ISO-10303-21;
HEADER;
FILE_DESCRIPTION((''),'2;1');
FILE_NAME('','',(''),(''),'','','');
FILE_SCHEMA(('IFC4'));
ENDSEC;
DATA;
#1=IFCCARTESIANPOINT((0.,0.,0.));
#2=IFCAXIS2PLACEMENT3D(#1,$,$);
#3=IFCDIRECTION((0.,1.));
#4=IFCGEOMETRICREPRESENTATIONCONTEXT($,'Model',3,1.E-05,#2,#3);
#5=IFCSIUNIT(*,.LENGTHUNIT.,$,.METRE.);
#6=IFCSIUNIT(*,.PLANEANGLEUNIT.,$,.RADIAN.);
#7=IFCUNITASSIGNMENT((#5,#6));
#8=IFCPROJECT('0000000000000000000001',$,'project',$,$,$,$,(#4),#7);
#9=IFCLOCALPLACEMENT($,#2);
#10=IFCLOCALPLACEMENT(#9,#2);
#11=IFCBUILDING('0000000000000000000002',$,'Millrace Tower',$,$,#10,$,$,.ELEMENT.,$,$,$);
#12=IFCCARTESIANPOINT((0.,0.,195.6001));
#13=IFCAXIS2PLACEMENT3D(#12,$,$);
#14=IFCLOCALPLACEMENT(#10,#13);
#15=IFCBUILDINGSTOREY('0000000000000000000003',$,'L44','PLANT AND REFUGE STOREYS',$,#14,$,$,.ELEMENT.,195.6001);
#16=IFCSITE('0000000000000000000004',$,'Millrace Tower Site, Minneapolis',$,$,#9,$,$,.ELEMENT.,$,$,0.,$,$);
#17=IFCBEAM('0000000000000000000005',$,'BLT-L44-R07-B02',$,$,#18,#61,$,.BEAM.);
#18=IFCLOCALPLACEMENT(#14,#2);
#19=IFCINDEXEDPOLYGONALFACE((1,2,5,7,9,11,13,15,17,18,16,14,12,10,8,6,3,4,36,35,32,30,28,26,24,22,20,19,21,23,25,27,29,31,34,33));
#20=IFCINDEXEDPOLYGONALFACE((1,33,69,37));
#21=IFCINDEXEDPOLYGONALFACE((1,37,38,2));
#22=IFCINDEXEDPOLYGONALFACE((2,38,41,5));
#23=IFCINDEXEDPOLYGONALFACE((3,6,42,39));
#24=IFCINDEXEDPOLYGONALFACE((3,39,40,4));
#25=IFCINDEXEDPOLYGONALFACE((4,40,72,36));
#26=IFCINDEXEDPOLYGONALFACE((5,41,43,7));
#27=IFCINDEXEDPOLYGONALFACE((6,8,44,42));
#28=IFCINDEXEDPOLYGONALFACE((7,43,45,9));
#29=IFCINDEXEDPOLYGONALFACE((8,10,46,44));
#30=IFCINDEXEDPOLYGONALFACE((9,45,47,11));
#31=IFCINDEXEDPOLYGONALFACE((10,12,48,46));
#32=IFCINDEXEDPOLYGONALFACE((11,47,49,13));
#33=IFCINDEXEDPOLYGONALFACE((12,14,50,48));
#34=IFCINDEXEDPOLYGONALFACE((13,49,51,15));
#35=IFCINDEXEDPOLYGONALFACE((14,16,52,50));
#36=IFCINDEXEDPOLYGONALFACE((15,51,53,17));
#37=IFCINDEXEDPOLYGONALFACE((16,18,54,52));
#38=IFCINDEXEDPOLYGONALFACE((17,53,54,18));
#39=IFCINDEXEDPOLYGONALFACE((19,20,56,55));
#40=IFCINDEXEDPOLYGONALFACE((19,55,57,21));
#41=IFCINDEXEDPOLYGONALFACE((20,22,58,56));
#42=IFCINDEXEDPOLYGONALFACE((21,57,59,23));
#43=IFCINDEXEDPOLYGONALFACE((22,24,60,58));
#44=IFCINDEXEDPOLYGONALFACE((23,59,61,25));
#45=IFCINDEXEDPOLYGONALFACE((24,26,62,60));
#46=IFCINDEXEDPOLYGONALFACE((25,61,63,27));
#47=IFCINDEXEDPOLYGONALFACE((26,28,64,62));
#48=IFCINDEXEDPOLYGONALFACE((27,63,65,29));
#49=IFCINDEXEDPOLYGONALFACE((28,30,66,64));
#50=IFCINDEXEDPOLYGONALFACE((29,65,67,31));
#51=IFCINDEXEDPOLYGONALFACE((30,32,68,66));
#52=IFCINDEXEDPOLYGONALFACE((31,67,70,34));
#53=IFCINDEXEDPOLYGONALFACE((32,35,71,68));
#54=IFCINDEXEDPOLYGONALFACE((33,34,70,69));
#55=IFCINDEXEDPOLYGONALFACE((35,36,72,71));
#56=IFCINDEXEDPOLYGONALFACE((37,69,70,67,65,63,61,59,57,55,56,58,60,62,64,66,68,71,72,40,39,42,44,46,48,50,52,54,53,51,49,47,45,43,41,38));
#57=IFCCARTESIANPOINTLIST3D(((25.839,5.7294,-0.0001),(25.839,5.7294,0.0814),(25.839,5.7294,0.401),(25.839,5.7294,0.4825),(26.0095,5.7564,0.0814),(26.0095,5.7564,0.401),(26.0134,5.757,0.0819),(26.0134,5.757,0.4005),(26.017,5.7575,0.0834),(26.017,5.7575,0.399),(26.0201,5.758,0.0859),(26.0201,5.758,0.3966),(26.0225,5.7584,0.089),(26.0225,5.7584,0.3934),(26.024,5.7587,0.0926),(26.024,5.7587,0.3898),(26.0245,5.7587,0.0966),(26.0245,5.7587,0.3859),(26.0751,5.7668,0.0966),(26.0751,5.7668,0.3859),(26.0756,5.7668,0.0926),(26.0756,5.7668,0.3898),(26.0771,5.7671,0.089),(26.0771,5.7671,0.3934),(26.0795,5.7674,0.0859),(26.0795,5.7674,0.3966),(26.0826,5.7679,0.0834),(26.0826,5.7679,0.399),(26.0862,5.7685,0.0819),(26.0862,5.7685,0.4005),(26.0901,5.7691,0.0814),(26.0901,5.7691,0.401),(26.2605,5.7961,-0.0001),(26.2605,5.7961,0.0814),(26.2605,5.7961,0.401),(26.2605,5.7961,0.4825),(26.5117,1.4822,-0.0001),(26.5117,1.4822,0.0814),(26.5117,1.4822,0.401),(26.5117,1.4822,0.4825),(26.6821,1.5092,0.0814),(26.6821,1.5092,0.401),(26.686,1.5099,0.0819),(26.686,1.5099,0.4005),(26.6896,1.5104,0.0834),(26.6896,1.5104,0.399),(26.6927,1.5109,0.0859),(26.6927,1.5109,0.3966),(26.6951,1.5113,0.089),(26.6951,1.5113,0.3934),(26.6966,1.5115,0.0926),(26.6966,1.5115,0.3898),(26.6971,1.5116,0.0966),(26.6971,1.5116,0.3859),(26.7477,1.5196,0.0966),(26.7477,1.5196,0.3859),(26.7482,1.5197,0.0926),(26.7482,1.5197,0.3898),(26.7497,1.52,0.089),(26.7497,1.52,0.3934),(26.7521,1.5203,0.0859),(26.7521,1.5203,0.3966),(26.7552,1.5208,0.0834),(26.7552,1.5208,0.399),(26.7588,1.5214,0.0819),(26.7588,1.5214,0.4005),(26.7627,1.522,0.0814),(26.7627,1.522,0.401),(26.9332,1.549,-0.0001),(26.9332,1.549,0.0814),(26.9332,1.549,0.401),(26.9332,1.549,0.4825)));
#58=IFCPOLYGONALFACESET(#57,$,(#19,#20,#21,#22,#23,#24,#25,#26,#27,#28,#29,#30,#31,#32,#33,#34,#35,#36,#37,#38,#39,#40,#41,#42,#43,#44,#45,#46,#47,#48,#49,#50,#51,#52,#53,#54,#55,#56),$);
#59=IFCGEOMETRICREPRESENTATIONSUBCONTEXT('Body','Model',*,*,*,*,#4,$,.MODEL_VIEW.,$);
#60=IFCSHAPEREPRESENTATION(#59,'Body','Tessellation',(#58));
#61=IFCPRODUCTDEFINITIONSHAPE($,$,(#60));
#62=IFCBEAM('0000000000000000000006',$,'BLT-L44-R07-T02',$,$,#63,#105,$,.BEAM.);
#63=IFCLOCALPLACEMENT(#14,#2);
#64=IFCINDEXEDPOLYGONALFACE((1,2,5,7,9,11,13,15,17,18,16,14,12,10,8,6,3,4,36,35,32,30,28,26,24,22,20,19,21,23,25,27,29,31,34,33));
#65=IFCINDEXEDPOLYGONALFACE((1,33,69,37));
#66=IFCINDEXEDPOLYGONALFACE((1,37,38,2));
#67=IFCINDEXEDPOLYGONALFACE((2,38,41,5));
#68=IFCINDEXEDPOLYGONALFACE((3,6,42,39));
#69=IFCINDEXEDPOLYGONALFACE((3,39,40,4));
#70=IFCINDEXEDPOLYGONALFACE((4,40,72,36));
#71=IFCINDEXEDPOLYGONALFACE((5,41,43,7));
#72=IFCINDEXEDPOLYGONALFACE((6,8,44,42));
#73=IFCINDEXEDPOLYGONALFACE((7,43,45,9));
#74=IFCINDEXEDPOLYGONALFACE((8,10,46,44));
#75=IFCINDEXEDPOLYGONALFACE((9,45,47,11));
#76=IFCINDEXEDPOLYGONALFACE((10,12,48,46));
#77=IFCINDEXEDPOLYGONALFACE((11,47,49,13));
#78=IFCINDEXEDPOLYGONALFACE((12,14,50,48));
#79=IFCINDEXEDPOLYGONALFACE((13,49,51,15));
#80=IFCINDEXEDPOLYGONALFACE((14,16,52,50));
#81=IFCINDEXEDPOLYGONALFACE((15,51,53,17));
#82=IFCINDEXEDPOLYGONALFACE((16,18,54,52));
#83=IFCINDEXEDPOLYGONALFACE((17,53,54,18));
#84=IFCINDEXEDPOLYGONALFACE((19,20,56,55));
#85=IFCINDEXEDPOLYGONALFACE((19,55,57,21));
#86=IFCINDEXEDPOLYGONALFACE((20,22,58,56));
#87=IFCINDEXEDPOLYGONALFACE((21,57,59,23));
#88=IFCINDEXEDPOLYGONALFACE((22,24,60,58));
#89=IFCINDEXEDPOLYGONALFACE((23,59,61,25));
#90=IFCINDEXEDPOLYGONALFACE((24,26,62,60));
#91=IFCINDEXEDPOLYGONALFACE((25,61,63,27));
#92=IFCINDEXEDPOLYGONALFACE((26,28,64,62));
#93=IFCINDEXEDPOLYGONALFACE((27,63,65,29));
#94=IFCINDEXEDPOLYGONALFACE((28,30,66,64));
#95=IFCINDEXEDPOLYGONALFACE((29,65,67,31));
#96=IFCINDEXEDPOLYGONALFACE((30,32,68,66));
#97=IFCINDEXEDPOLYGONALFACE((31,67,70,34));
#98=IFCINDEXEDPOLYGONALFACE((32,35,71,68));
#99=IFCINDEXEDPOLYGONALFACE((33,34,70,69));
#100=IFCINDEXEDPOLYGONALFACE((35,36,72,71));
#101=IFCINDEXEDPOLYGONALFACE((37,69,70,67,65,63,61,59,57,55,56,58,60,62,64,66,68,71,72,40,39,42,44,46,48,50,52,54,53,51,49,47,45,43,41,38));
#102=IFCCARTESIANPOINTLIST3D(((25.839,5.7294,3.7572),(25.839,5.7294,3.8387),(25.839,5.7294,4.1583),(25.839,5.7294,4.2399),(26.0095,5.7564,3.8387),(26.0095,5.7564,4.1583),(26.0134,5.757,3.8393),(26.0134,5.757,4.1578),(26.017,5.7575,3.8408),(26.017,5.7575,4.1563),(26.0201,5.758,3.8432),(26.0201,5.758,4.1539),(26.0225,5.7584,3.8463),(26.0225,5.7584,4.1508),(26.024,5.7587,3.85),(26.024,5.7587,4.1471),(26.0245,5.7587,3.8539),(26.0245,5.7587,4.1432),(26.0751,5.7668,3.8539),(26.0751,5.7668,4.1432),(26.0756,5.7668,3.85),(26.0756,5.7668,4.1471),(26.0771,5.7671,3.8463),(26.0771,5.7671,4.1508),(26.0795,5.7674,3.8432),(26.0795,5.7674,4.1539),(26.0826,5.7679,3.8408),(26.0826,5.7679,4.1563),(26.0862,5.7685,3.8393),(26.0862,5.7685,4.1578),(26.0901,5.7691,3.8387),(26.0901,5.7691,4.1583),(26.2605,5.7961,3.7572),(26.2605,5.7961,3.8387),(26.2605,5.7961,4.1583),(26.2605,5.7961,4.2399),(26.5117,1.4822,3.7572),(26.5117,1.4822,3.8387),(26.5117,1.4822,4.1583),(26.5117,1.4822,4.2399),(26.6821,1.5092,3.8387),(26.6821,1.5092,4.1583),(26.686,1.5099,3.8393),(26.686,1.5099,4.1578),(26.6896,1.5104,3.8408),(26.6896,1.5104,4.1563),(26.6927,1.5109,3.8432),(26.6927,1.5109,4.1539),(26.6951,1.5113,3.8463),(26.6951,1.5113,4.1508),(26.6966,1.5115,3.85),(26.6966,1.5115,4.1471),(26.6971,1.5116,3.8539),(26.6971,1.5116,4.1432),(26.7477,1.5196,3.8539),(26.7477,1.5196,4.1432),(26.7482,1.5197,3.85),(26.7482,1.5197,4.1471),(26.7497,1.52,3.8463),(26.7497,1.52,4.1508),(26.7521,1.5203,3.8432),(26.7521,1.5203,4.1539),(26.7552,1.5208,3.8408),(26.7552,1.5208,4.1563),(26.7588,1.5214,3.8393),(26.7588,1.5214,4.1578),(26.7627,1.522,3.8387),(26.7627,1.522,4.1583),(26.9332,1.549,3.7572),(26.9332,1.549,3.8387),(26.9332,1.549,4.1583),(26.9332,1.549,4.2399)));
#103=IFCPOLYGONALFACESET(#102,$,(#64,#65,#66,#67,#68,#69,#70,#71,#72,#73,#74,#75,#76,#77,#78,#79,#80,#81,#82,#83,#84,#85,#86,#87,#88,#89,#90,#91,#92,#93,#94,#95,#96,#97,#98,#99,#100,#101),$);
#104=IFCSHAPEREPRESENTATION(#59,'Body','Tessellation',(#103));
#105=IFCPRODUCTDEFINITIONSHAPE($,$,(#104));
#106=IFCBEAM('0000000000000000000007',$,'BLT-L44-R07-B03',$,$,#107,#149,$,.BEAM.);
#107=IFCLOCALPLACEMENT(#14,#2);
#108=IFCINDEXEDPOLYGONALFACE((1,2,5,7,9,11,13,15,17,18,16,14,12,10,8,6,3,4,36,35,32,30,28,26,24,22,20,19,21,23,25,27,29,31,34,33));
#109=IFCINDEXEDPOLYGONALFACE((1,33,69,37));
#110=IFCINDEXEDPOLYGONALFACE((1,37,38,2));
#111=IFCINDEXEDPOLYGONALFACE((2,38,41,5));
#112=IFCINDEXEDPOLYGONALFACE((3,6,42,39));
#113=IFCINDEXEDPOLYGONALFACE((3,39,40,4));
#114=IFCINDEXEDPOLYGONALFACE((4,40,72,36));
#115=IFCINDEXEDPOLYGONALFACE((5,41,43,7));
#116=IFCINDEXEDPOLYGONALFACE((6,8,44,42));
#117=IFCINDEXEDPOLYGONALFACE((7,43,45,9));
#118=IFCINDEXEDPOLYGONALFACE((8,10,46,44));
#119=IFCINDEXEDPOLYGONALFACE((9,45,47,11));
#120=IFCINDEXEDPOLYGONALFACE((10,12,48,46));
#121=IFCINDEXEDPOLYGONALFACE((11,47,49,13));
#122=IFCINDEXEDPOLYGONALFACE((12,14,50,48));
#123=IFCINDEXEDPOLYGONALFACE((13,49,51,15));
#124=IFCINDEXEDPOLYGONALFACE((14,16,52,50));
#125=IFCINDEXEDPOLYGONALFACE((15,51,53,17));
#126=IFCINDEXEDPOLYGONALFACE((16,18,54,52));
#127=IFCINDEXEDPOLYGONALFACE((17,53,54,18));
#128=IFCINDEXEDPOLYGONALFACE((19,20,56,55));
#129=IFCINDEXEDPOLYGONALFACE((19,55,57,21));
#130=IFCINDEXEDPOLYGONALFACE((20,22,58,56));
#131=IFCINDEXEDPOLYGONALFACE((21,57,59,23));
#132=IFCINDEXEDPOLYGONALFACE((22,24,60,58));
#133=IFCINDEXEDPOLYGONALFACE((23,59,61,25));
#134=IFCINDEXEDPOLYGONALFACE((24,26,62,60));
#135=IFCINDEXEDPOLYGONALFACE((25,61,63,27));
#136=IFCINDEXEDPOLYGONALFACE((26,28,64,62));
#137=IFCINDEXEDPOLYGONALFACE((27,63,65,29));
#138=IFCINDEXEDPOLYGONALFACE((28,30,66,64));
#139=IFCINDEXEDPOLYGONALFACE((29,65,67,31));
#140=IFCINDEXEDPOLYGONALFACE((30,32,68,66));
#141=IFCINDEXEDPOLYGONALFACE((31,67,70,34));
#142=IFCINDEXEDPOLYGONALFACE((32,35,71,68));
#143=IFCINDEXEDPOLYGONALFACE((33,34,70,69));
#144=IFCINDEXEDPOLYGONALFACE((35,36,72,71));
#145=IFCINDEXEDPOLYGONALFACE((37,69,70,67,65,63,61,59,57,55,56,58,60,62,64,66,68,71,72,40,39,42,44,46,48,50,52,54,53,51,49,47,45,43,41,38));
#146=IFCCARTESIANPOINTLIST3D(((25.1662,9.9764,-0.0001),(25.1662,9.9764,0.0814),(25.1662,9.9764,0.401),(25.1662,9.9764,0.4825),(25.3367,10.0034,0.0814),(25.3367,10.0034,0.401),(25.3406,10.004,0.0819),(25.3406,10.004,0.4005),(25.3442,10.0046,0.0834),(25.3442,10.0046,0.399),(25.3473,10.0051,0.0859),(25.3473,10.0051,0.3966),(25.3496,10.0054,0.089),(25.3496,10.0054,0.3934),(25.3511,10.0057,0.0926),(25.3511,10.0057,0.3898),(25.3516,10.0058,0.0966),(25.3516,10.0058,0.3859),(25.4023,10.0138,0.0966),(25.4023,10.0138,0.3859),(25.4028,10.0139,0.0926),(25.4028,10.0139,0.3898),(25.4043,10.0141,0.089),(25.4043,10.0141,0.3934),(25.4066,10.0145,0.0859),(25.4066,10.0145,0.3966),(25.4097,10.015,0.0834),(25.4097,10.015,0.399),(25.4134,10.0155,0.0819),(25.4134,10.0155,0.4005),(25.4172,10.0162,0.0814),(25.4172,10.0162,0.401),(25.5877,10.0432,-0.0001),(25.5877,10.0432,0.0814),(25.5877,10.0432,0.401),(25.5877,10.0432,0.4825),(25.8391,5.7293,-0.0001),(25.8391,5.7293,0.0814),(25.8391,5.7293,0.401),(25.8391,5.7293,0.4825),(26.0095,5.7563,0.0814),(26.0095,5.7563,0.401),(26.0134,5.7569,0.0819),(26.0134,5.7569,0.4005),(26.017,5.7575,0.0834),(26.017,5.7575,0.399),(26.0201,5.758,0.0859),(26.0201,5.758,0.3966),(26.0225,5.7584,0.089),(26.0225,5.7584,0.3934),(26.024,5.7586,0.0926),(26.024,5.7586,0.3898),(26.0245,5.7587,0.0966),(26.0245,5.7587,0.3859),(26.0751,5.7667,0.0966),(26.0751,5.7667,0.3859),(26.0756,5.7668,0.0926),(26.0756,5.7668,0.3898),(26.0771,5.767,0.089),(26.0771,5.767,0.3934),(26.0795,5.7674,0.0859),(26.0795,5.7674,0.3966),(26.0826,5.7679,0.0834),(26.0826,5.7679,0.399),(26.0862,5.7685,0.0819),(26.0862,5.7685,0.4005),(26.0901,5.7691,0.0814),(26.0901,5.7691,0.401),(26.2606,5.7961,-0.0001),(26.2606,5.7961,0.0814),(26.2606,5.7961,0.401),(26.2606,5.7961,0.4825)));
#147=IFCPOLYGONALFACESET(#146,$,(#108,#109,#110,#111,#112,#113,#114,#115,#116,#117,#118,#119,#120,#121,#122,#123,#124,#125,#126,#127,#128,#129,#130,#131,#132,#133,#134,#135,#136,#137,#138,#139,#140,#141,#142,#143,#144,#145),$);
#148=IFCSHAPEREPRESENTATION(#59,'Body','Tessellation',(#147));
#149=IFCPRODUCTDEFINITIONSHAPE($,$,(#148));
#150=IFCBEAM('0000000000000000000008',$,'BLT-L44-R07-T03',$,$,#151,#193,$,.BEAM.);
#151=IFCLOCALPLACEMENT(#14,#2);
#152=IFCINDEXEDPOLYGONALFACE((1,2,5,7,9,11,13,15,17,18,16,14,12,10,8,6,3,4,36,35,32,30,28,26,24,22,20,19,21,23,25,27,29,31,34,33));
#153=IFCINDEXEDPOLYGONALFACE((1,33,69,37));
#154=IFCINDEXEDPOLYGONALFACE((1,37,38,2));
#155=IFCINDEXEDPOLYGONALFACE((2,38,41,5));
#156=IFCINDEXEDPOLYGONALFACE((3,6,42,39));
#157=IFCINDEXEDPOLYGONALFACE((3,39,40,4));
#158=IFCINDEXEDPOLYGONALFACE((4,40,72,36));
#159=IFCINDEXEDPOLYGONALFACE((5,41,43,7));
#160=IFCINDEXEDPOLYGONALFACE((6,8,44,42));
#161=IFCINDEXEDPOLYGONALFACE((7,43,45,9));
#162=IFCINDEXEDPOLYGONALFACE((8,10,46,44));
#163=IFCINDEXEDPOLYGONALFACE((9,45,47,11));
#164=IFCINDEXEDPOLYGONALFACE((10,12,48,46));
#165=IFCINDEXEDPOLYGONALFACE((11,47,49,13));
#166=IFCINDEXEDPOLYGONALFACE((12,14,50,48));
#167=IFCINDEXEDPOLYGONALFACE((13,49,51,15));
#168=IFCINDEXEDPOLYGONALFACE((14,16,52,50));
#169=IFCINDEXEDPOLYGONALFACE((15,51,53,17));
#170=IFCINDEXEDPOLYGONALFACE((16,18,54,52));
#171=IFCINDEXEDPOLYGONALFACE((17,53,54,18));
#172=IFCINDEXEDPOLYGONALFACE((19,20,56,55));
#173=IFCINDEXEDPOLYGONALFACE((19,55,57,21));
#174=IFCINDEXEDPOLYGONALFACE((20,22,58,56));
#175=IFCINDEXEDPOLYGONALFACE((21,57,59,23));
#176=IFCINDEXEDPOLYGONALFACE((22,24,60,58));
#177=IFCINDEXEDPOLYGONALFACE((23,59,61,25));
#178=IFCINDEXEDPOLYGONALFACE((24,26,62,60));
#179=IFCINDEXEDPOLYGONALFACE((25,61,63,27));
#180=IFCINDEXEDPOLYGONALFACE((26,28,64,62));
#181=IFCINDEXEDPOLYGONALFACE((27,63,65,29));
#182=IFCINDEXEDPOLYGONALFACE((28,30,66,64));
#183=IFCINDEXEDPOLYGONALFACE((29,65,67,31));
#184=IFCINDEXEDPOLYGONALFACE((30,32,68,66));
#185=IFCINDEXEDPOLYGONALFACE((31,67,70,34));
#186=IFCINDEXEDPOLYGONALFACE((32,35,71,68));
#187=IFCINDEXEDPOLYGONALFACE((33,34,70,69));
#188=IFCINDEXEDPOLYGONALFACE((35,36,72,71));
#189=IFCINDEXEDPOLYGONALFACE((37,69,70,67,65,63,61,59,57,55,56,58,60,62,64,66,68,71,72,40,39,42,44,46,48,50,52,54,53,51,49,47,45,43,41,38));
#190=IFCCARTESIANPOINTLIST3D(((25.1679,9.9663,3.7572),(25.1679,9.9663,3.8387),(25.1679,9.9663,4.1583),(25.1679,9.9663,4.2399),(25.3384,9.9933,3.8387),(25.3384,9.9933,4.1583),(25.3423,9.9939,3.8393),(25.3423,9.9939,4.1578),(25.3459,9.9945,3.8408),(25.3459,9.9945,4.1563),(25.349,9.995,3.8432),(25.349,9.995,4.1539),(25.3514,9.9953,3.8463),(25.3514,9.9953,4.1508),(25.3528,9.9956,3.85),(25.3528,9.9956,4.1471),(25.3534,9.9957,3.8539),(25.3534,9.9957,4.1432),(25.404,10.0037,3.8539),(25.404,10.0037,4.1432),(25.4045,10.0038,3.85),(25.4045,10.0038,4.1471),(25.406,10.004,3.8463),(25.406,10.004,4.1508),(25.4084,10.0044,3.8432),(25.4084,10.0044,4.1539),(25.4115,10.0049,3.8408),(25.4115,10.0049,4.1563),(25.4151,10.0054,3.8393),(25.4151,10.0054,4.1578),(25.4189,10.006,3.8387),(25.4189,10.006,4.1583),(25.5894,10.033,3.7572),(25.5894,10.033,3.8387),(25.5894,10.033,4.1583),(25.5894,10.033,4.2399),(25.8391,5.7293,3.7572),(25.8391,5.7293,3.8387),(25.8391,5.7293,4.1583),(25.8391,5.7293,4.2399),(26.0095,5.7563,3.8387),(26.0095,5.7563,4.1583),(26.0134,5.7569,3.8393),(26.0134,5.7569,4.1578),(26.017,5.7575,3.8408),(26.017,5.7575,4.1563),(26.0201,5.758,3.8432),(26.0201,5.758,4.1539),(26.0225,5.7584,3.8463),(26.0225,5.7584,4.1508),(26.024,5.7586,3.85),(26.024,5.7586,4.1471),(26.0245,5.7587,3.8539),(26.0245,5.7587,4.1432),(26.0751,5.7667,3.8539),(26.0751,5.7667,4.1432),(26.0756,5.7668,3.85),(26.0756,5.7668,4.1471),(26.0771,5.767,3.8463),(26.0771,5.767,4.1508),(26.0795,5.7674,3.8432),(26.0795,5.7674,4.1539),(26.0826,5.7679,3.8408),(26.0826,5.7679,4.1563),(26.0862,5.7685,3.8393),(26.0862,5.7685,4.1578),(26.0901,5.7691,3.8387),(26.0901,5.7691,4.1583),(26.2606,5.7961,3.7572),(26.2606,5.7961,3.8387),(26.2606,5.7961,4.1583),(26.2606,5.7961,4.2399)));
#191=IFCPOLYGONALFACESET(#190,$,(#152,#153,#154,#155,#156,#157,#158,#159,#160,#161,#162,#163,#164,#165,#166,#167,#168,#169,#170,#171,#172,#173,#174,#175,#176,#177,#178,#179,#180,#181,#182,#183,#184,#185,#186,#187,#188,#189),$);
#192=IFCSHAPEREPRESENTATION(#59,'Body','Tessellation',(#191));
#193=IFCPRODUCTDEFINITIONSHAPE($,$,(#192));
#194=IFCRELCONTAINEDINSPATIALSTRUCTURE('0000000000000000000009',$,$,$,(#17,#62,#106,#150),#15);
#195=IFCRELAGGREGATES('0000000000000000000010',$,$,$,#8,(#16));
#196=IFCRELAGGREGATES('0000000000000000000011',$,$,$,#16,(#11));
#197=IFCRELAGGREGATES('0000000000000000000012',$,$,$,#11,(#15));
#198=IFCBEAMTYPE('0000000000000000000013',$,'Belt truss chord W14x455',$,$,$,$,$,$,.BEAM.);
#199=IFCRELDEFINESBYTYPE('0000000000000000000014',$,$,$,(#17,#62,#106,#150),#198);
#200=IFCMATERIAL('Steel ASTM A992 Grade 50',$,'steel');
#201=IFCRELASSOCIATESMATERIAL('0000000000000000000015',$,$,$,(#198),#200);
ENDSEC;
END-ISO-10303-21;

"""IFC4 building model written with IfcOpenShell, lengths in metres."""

from ifc_helpers import new_model, si_unit, direction, frame, origin, origin_2d, place, context, subcontext, project, spatial, i_section, extrude, material, material_profile, profile_set, type_object, element, save


model = new_model("IFC4")

# Units and contexts
model_context = context("Model", 3, precision=1e-05, world=origin(), true_north=direction((0.0, 1.0)))
body_context = subcontext(model_context, "Body", "Model", "MODEL_VIEW")
ifc_project = project(units=[si_unit("LENGTHUNIT", "METRE"), si_unit("PLANEANGLEUNIT", "RADIAN")], contexts=[model_context])

# Site, building, storey
site_placement = place(None, origin())
site = spatial("IfcSite", under=ifc_project, at=site_placement, Name="Millrace Tower Site, Minneapolis", CompositionType="ELEMENT", RefElevation=0.0)
building_placement = place(site_placement, origin())
building = spatial("IfcBuilding", under=site, at=building_placement, Name="Millrace Tower", CompositionType="ELEMENT")
storey_placement = place(building_placement, frame((0.0, 0.0, 195.6001)))
storey = spatial("IfcBuildingStorey", under=building, at=storey_placement, Name="L44", Description="PLANT AND REFUGE STOREYS", CompositionType="ELEMENT", Elevation=195.6001)

# Beams
ifc_material_1 = material(Name="Steel ASTM A992 Grade 50", Category="steel")
ifc_material_profile_1 = material_profile(ifc_material_1, i_section(OverallWidth=0.4268, OverallDepth=0.4827, WebThickness=0.0513, FlangeThickness=0.0815, FilletRadius=0.0151, at=origin_2d()))
ifc_profile_set_1 = profile_set([ifc_material_profile_1], Name="Steel ASTM A992 Grade 50")
beam_type_1 = type_object("IfcBeamType", Name="Belt truss chord W14x455", PredefinedType="BEAM", material=ifc_profile_set_1)
for number, where, z_axis, x_axis, name in (
    (1, (26.7224, 1.5156, 0.2412), (-0.15642, 0.987691, 0.0), (-0.987691, -0.15642, 0.0), "BLT-L44-R07-B02"),
    (2, (26.7224, 1.5156, 3.9985), (-0.15642, 0.987691, 0.0), (-0.987691, -0.15642, 0.0), "BLT-L44-R07-T02"),
    (3, (26.0498, 5.7627, 0.2412), (-0.156476, 0.987682, 0.0), (-0.987682, -0.156476, 0.0), "BLT-L44-R07-B03"),
):
    element("IfcBeam", number, at=place(storey_placement, frame(where, z_axis=z_axis, x_axis=x_axis)), inside=storey, type_object=beam_type_1, Name=name, PredefinedType="BEAM", context=body_context, shape_type="SweptSolid", body=[
        extrude(i_section(OverallWidth=0.4268, OverallDepth=0.4827, WebThickness=0.0513, FlangeThickness=0.0815, FilletRadius=0.0151, at=origin_2d()), origin(), (0.0, 0.0, 1.0), 4.3),
    ])
beam_1_placement = place(storey_placement, frame((26.0498, 5.7627, 3.9985), z_axis=(-0.156448, 0.987686, 0.0), x_axis=(-0.987686, -0.156448, 0.0)))
element("IfcBeam", 4, at=beam_1_placement, inside=storey, type_object=beam_type_1, Name="BLT-L44-R07-T03", PredefinedType="BEAM", context=body_context, shape_type="SweptSolid", body=[
    extrude(i_section(OverallWidth=0.4268, OverallDepth=0.4827, WebThickness=0.0513, FlangeThickness=0.0815, FilletRadius=0.0151, at=origin_2d()), origin(), (0.0, 0.0, 1.0), 4.2898),
])

save(model, "model.ifc")
